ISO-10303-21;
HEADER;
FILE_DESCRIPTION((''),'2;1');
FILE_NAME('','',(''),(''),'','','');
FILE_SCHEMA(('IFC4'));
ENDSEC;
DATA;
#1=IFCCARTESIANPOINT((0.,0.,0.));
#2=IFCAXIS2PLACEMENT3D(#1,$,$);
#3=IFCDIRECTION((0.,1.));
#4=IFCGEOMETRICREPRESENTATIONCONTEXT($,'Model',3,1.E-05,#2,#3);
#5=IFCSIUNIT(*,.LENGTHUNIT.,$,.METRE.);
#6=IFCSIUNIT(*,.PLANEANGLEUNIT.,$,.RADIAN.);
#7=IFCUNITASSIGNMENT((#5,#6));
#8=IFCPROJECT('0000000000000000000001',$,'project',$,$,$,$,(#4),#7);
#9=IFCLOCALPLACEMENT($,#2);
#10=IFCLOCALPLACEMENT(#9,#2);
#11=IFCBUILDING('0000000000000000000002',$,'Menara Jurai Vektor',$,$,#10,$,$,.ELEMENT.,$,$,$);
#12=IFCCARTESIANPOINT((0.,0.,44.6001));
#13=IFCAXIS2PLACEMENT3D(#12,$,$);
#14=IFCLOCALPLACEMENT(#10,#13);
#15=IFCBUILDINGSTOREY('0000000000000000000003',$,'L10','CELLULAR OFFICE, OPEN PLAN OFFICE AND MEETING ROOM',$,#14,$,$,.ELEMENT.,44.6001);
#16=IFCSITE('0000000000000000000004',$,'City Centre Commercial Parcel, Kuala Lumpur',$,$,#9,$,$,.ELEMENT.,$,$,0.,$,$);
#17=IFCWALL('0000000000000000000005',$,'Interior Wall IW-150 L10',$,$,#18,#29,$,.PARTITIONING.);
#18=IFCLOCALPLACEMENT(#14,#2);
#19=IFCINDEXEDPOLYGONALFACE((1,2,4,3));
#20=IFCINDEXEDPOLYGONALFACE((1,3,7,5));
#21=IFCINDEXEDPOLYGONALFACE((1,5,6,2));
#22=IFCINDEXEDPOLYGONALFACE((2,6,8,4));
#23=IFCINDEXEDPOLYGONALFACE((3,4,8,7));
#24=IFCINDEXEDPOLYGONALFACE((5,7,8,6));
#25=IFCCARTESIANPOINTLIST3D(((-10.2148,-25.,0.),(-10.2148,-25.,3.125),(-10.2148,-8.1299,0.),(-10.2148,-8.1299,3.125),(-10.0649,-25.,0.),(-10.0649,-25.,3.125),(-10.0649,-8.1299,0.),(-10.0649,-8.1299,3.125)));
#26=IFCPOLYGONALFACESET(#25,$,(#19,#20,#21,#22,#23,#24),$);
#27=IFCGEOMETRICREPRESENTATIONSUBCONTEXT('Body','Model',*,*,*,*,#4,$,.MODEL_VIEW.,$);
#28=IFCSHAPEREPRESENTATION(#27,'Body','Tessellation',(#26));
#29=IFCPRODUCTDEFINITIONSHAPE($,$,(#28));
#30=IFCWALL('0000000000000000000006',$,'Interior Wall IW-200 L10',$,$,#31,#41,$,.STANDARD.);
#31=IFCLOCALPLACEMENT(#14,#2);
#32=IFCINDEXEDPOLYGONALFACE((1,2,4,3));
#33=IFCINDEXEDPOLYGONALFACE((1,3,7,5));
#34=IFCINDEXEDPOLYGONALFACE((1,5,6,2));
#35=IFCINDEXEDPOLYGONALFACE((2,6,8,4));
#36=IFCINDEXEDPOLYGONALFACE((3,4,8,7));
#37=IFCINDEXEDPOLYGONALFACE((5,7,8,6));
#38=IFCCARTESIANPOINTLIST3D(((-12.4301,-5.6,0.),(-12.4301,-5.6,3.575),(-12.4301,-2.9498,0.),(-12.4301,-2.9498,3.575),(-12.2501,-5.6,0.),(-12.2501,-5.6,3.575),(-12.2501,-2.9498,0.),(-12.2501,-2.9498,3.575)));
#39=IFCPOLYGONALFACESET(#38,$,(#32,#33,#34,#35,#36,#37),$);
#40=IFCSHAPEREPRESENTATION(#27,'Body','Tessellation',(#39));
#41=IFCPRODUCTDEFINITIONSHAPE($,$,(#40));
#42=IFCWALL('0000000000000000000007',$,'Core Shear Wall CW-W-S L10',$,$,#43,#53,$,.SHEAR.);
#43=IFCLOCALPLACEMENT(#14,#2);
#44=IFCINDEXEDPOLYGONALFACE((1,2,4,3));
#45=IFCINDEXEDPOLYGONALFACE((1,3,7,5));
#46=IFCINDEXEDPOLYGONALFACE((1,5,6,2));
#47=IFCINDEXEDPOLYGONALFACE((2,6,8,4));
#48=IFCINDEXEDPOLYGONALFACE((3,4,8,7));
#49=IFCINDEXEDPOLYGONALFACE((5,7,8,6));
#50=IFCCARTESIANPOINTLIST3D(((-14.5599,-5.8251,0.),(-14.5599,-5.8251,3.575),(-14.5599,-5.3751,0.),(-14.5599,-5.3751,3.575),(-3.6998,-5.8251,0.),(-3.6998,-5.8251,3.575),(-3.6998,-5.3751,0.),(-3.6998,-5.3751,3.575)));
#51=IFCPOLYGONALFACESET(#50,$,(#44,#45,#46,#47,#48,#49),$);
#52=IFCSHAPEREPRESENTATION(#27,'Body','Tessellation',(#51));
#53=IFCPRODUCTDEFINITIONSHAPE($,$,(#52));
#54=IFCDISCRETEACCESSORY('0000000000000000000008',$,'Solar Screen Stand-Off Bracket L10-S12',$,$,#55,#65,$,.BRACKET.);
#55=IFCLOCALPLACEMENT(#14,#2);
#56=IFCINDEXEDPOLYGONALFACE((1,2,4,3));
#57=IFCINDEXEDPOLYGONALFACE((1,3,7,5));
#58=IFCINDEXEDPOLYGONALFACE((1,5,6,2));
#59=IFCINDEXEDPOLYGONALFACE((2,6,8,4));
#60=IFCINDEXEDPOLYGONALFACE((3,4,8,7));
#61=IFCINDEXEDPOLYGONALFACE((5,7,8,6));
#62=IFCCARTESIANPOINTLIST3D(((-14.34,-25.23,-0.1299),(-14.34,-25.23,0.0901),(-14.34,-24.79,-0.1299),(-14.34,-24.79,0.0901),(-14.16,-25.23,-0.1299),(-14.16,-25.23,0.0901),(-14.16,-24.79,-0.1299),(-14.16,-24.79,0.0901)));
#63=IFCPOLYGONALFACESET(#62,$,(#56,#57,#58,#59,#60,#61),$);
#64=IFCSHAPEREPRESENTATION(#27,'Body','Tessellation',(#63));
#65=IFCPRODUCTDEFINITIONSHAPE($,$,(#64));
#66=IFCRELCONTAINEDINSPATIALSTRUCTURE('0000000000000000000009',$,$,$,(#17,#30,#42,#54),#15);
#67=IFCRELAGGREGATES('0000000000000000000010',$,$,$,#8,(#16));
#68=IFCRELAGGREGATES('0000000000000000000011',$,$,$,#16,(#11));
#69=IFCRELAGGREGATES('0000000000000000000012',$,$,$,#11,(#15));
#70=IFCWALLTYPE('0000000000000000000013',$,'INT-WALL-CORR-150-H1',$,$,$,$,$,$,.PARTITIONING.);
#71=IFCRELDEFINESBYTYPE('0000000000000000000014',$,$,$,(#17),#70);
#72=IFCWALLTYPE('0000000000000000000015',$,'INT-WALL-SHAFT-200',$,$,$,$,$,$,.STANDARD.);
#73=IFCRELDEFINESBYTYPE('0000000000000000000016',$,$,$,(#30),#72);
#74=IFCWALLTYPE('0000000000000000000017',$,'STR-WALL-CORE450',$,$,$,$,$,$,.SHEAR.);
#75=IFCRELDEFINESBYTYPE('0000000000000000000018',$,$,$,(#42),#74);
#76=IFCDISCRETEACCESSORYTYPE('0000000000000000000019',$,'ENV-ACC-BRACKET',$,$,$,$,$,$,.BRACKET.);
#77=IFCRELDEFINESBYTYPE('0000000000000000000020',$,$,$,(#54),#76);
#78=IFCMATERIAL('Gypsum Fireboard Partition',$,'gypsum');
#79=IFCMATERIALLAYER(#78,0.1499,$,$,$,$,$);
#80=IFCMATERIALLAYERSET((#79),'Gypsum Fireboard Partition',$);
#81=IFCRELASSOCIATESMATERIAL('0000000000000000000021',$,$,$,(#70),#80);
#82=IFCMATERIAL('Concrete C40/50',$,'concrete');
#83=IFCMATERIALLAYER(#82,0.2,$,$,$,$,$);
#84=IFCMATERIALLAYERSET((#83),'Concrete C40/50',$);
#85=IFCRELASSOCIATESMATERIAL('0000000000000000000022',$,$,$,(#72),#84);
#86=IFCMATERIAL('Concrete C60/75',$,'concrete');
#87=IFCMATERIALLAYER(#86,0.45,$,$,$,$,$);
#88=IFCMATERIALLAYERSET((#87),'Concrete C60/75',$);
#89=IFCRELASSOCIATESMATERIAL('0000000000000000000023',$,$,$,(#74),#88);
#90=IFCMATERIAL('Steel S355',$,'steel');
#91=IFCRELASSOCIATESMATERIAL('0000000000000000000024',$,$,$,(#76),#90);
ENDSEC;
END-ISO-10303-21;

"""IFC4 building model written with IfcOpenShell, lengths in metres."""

from ifc_helpers import new_model, si_unit, direction, frame, frame_2d, origin, origin_2d, place, context, subcontext, project, spatial, rectangle, extrude, material, layer, layer_set, type_object, element, save


model = new_model("IFC4")

# Units and contexts
model_context = context("Model", 3, precision=1e-05, world=origin(), true_north=direction((0.0, 1.0)))
body_context = subcontext(model_context, "Body", "Model", "MODEL_VIEW")
ifc_project = project(units=[si_unit("LENGTHUNIT", "METRE"), si_unit("PLANEANGLEUNIT", "RADIAN")], contexts=[model_context])

# Site, building, storey
site_placement = place(None, origin())
site = spatial("IfcSite", under=ifc_project, at=site_placement, Name="City Centre Commercial Parcel, Kuala Lumpur", CompositionType="ELEMENT", RefElevation=0.0)
building_placement = place(site_placement, origin())
building = spatial("IfcBuilding", under=site, at=building_placement, Name="Menara Jurai Vektor", CompositionType="ELEMENT")
storey_placement = place(building_placement, frame((0.0, 0.0, 44.6001)))
storey = spatial("IfcBuildingStorey", under=building, at=storey_placement, Name="L10", Description="CELLULAR OFFICE, OPEN PLAN OFFICE AND MEETING ROOM", CompositionType="ELEMENT", Elevation=44.6001)

# Shared definitions
ifc_material_1 = material(Name="Concrete C60/75", Category="concrete")

# Shared definitions
ifc_material_2 = material(Name="Steel S355", Category="steel")

# Shared definitions
ifc_material_3 = material(Name="Gypsum Fireboard Partition", Category="gypsum")

# Walls
ifc_layer_1 = layer(ifc_material_3, 0.1499)
ifc_layer_set_1 = layer_set([ifc_layer_1], Name="Gypsum Fireboard Partition")
wall_type_1 = type_object("IfcWallType", Name="INT-WALL-CORR-150-H1", PredefinedType="PARTITIONING", material=ifc_layer_set_1)
wall_1_placement = place(storey_placement, frame((-10.1399, -25.0, 0.0), z_axis=(0.0, 0.0, 1.0), x_axis=(0.0, 1.0, 0.0)))
element("IfcWall", 1, at=wall_1_placement, inside=storey, type_object=wall_type_1, Name="Interior Wall IW-150 L10", PredefinedType="PARTITIONING", context=body_context, shape_type="SweptSolid", body=[
    extrude(rectangle(XDim=16.8701, YDim=0.1499, at=frame_2d((8.4351, 0.0))), origin(), (0.0, 0.0, 1.0), 3.125),
])
ifc_material_4 = material(Name="Concrete C40/50", Category="concrete")
ifc_layer_2 = layer(ifc_material_4, 0.2)
ifc_layer_set_2 = layer_set([ifc_layer_2], Name="Concrete C40/50")
wall_type_2 = type_object("IfcWallType", Name="INT-WALL-SHAFT-200", PredefinedType="STANDARD", material=ifc_layer_set_2)
wall_2_placement = place(storey_placement, frame((-12.3401, -5.6001, 0.0), z_axis=(0.0, 0.0, 1.0), x_axis=(0.0, 1.0, 0.0)))
element("IfcWall", 2, at=wall_2_placement, inside=storey, type_object=wall_type_2, Name="Interior Wall IW-200 L10", PredefinedType="STANDARD", context=body_context, shape_type="SweptSolid", body=[
    extrude(rectangle(XDim=2.6501, YDim=0.1799, at=frame_2d((1.3252, 0.0))), origin(), (0.0, 0.0, 1.0), 3.575),
])
ifc_layer_3 = layer(ifc_material_1, 0.45)
ifc_layer_set_3 = layer_set([ifc_layer_3], Name="Concrete C60/75")
wall_type_3 = type_object("IfcWallType", Name="STR-WALL-CORE450", PredefinedType="SHEAR", material=ifc_layer_set_3)
wall_3_placement = place(storey_placement, frame((-14.5601, -5.6001, 0.0), z_axis=(0.0, 0.0, 1.0), x_axis=(1.0, 0.0, 0.0)))
element("IfcWall", 3, at=wall_3_placement, inside=storey, type_object=wall_type_3, Name="Core Shear Wall CW-W-S L10", PredefinedType="SHEAR", context=body_context, shape_type="SweptSolid", body=[
    extrude(rectangle(XDim=10.8601, YDim=0.45, at=frame_2d((5.4302, 0.0))), origin(), (0.0, 0.0, 1.0), 3.575),
])

# Discrete accessory
discrete_accessory_type = type_object("IfcDiscreteAccessoryType", Name="ENV-ACC-BRACKET", PredefinedType="BRACKET", material=ifc_material_2)
discrete_accessory_placement = place(storey_placement, frame((-14.25, -25.01, -0.1299), z_axis=(0.0, 0.0, 1.0), x_axis=(1.0, 0.0, 0.0)))
element("IfcDiscreteAccessory", 4, at=discrete_accessory_placement, inside=storey, type_object=discrete_accessory_type, Name="Solar Screen Stand-Off Bracket L10-S12", PredefinedType="BRACKET", context=body_context, shape_type="SweptSolid", body=[
    extrude(rectangle(XDim=0.1799, YDim=0.4399, at=origin_2d()), origin(), (0.0, 0.0, 1.0), 0.22),
])

save(model, "model.ifc")
